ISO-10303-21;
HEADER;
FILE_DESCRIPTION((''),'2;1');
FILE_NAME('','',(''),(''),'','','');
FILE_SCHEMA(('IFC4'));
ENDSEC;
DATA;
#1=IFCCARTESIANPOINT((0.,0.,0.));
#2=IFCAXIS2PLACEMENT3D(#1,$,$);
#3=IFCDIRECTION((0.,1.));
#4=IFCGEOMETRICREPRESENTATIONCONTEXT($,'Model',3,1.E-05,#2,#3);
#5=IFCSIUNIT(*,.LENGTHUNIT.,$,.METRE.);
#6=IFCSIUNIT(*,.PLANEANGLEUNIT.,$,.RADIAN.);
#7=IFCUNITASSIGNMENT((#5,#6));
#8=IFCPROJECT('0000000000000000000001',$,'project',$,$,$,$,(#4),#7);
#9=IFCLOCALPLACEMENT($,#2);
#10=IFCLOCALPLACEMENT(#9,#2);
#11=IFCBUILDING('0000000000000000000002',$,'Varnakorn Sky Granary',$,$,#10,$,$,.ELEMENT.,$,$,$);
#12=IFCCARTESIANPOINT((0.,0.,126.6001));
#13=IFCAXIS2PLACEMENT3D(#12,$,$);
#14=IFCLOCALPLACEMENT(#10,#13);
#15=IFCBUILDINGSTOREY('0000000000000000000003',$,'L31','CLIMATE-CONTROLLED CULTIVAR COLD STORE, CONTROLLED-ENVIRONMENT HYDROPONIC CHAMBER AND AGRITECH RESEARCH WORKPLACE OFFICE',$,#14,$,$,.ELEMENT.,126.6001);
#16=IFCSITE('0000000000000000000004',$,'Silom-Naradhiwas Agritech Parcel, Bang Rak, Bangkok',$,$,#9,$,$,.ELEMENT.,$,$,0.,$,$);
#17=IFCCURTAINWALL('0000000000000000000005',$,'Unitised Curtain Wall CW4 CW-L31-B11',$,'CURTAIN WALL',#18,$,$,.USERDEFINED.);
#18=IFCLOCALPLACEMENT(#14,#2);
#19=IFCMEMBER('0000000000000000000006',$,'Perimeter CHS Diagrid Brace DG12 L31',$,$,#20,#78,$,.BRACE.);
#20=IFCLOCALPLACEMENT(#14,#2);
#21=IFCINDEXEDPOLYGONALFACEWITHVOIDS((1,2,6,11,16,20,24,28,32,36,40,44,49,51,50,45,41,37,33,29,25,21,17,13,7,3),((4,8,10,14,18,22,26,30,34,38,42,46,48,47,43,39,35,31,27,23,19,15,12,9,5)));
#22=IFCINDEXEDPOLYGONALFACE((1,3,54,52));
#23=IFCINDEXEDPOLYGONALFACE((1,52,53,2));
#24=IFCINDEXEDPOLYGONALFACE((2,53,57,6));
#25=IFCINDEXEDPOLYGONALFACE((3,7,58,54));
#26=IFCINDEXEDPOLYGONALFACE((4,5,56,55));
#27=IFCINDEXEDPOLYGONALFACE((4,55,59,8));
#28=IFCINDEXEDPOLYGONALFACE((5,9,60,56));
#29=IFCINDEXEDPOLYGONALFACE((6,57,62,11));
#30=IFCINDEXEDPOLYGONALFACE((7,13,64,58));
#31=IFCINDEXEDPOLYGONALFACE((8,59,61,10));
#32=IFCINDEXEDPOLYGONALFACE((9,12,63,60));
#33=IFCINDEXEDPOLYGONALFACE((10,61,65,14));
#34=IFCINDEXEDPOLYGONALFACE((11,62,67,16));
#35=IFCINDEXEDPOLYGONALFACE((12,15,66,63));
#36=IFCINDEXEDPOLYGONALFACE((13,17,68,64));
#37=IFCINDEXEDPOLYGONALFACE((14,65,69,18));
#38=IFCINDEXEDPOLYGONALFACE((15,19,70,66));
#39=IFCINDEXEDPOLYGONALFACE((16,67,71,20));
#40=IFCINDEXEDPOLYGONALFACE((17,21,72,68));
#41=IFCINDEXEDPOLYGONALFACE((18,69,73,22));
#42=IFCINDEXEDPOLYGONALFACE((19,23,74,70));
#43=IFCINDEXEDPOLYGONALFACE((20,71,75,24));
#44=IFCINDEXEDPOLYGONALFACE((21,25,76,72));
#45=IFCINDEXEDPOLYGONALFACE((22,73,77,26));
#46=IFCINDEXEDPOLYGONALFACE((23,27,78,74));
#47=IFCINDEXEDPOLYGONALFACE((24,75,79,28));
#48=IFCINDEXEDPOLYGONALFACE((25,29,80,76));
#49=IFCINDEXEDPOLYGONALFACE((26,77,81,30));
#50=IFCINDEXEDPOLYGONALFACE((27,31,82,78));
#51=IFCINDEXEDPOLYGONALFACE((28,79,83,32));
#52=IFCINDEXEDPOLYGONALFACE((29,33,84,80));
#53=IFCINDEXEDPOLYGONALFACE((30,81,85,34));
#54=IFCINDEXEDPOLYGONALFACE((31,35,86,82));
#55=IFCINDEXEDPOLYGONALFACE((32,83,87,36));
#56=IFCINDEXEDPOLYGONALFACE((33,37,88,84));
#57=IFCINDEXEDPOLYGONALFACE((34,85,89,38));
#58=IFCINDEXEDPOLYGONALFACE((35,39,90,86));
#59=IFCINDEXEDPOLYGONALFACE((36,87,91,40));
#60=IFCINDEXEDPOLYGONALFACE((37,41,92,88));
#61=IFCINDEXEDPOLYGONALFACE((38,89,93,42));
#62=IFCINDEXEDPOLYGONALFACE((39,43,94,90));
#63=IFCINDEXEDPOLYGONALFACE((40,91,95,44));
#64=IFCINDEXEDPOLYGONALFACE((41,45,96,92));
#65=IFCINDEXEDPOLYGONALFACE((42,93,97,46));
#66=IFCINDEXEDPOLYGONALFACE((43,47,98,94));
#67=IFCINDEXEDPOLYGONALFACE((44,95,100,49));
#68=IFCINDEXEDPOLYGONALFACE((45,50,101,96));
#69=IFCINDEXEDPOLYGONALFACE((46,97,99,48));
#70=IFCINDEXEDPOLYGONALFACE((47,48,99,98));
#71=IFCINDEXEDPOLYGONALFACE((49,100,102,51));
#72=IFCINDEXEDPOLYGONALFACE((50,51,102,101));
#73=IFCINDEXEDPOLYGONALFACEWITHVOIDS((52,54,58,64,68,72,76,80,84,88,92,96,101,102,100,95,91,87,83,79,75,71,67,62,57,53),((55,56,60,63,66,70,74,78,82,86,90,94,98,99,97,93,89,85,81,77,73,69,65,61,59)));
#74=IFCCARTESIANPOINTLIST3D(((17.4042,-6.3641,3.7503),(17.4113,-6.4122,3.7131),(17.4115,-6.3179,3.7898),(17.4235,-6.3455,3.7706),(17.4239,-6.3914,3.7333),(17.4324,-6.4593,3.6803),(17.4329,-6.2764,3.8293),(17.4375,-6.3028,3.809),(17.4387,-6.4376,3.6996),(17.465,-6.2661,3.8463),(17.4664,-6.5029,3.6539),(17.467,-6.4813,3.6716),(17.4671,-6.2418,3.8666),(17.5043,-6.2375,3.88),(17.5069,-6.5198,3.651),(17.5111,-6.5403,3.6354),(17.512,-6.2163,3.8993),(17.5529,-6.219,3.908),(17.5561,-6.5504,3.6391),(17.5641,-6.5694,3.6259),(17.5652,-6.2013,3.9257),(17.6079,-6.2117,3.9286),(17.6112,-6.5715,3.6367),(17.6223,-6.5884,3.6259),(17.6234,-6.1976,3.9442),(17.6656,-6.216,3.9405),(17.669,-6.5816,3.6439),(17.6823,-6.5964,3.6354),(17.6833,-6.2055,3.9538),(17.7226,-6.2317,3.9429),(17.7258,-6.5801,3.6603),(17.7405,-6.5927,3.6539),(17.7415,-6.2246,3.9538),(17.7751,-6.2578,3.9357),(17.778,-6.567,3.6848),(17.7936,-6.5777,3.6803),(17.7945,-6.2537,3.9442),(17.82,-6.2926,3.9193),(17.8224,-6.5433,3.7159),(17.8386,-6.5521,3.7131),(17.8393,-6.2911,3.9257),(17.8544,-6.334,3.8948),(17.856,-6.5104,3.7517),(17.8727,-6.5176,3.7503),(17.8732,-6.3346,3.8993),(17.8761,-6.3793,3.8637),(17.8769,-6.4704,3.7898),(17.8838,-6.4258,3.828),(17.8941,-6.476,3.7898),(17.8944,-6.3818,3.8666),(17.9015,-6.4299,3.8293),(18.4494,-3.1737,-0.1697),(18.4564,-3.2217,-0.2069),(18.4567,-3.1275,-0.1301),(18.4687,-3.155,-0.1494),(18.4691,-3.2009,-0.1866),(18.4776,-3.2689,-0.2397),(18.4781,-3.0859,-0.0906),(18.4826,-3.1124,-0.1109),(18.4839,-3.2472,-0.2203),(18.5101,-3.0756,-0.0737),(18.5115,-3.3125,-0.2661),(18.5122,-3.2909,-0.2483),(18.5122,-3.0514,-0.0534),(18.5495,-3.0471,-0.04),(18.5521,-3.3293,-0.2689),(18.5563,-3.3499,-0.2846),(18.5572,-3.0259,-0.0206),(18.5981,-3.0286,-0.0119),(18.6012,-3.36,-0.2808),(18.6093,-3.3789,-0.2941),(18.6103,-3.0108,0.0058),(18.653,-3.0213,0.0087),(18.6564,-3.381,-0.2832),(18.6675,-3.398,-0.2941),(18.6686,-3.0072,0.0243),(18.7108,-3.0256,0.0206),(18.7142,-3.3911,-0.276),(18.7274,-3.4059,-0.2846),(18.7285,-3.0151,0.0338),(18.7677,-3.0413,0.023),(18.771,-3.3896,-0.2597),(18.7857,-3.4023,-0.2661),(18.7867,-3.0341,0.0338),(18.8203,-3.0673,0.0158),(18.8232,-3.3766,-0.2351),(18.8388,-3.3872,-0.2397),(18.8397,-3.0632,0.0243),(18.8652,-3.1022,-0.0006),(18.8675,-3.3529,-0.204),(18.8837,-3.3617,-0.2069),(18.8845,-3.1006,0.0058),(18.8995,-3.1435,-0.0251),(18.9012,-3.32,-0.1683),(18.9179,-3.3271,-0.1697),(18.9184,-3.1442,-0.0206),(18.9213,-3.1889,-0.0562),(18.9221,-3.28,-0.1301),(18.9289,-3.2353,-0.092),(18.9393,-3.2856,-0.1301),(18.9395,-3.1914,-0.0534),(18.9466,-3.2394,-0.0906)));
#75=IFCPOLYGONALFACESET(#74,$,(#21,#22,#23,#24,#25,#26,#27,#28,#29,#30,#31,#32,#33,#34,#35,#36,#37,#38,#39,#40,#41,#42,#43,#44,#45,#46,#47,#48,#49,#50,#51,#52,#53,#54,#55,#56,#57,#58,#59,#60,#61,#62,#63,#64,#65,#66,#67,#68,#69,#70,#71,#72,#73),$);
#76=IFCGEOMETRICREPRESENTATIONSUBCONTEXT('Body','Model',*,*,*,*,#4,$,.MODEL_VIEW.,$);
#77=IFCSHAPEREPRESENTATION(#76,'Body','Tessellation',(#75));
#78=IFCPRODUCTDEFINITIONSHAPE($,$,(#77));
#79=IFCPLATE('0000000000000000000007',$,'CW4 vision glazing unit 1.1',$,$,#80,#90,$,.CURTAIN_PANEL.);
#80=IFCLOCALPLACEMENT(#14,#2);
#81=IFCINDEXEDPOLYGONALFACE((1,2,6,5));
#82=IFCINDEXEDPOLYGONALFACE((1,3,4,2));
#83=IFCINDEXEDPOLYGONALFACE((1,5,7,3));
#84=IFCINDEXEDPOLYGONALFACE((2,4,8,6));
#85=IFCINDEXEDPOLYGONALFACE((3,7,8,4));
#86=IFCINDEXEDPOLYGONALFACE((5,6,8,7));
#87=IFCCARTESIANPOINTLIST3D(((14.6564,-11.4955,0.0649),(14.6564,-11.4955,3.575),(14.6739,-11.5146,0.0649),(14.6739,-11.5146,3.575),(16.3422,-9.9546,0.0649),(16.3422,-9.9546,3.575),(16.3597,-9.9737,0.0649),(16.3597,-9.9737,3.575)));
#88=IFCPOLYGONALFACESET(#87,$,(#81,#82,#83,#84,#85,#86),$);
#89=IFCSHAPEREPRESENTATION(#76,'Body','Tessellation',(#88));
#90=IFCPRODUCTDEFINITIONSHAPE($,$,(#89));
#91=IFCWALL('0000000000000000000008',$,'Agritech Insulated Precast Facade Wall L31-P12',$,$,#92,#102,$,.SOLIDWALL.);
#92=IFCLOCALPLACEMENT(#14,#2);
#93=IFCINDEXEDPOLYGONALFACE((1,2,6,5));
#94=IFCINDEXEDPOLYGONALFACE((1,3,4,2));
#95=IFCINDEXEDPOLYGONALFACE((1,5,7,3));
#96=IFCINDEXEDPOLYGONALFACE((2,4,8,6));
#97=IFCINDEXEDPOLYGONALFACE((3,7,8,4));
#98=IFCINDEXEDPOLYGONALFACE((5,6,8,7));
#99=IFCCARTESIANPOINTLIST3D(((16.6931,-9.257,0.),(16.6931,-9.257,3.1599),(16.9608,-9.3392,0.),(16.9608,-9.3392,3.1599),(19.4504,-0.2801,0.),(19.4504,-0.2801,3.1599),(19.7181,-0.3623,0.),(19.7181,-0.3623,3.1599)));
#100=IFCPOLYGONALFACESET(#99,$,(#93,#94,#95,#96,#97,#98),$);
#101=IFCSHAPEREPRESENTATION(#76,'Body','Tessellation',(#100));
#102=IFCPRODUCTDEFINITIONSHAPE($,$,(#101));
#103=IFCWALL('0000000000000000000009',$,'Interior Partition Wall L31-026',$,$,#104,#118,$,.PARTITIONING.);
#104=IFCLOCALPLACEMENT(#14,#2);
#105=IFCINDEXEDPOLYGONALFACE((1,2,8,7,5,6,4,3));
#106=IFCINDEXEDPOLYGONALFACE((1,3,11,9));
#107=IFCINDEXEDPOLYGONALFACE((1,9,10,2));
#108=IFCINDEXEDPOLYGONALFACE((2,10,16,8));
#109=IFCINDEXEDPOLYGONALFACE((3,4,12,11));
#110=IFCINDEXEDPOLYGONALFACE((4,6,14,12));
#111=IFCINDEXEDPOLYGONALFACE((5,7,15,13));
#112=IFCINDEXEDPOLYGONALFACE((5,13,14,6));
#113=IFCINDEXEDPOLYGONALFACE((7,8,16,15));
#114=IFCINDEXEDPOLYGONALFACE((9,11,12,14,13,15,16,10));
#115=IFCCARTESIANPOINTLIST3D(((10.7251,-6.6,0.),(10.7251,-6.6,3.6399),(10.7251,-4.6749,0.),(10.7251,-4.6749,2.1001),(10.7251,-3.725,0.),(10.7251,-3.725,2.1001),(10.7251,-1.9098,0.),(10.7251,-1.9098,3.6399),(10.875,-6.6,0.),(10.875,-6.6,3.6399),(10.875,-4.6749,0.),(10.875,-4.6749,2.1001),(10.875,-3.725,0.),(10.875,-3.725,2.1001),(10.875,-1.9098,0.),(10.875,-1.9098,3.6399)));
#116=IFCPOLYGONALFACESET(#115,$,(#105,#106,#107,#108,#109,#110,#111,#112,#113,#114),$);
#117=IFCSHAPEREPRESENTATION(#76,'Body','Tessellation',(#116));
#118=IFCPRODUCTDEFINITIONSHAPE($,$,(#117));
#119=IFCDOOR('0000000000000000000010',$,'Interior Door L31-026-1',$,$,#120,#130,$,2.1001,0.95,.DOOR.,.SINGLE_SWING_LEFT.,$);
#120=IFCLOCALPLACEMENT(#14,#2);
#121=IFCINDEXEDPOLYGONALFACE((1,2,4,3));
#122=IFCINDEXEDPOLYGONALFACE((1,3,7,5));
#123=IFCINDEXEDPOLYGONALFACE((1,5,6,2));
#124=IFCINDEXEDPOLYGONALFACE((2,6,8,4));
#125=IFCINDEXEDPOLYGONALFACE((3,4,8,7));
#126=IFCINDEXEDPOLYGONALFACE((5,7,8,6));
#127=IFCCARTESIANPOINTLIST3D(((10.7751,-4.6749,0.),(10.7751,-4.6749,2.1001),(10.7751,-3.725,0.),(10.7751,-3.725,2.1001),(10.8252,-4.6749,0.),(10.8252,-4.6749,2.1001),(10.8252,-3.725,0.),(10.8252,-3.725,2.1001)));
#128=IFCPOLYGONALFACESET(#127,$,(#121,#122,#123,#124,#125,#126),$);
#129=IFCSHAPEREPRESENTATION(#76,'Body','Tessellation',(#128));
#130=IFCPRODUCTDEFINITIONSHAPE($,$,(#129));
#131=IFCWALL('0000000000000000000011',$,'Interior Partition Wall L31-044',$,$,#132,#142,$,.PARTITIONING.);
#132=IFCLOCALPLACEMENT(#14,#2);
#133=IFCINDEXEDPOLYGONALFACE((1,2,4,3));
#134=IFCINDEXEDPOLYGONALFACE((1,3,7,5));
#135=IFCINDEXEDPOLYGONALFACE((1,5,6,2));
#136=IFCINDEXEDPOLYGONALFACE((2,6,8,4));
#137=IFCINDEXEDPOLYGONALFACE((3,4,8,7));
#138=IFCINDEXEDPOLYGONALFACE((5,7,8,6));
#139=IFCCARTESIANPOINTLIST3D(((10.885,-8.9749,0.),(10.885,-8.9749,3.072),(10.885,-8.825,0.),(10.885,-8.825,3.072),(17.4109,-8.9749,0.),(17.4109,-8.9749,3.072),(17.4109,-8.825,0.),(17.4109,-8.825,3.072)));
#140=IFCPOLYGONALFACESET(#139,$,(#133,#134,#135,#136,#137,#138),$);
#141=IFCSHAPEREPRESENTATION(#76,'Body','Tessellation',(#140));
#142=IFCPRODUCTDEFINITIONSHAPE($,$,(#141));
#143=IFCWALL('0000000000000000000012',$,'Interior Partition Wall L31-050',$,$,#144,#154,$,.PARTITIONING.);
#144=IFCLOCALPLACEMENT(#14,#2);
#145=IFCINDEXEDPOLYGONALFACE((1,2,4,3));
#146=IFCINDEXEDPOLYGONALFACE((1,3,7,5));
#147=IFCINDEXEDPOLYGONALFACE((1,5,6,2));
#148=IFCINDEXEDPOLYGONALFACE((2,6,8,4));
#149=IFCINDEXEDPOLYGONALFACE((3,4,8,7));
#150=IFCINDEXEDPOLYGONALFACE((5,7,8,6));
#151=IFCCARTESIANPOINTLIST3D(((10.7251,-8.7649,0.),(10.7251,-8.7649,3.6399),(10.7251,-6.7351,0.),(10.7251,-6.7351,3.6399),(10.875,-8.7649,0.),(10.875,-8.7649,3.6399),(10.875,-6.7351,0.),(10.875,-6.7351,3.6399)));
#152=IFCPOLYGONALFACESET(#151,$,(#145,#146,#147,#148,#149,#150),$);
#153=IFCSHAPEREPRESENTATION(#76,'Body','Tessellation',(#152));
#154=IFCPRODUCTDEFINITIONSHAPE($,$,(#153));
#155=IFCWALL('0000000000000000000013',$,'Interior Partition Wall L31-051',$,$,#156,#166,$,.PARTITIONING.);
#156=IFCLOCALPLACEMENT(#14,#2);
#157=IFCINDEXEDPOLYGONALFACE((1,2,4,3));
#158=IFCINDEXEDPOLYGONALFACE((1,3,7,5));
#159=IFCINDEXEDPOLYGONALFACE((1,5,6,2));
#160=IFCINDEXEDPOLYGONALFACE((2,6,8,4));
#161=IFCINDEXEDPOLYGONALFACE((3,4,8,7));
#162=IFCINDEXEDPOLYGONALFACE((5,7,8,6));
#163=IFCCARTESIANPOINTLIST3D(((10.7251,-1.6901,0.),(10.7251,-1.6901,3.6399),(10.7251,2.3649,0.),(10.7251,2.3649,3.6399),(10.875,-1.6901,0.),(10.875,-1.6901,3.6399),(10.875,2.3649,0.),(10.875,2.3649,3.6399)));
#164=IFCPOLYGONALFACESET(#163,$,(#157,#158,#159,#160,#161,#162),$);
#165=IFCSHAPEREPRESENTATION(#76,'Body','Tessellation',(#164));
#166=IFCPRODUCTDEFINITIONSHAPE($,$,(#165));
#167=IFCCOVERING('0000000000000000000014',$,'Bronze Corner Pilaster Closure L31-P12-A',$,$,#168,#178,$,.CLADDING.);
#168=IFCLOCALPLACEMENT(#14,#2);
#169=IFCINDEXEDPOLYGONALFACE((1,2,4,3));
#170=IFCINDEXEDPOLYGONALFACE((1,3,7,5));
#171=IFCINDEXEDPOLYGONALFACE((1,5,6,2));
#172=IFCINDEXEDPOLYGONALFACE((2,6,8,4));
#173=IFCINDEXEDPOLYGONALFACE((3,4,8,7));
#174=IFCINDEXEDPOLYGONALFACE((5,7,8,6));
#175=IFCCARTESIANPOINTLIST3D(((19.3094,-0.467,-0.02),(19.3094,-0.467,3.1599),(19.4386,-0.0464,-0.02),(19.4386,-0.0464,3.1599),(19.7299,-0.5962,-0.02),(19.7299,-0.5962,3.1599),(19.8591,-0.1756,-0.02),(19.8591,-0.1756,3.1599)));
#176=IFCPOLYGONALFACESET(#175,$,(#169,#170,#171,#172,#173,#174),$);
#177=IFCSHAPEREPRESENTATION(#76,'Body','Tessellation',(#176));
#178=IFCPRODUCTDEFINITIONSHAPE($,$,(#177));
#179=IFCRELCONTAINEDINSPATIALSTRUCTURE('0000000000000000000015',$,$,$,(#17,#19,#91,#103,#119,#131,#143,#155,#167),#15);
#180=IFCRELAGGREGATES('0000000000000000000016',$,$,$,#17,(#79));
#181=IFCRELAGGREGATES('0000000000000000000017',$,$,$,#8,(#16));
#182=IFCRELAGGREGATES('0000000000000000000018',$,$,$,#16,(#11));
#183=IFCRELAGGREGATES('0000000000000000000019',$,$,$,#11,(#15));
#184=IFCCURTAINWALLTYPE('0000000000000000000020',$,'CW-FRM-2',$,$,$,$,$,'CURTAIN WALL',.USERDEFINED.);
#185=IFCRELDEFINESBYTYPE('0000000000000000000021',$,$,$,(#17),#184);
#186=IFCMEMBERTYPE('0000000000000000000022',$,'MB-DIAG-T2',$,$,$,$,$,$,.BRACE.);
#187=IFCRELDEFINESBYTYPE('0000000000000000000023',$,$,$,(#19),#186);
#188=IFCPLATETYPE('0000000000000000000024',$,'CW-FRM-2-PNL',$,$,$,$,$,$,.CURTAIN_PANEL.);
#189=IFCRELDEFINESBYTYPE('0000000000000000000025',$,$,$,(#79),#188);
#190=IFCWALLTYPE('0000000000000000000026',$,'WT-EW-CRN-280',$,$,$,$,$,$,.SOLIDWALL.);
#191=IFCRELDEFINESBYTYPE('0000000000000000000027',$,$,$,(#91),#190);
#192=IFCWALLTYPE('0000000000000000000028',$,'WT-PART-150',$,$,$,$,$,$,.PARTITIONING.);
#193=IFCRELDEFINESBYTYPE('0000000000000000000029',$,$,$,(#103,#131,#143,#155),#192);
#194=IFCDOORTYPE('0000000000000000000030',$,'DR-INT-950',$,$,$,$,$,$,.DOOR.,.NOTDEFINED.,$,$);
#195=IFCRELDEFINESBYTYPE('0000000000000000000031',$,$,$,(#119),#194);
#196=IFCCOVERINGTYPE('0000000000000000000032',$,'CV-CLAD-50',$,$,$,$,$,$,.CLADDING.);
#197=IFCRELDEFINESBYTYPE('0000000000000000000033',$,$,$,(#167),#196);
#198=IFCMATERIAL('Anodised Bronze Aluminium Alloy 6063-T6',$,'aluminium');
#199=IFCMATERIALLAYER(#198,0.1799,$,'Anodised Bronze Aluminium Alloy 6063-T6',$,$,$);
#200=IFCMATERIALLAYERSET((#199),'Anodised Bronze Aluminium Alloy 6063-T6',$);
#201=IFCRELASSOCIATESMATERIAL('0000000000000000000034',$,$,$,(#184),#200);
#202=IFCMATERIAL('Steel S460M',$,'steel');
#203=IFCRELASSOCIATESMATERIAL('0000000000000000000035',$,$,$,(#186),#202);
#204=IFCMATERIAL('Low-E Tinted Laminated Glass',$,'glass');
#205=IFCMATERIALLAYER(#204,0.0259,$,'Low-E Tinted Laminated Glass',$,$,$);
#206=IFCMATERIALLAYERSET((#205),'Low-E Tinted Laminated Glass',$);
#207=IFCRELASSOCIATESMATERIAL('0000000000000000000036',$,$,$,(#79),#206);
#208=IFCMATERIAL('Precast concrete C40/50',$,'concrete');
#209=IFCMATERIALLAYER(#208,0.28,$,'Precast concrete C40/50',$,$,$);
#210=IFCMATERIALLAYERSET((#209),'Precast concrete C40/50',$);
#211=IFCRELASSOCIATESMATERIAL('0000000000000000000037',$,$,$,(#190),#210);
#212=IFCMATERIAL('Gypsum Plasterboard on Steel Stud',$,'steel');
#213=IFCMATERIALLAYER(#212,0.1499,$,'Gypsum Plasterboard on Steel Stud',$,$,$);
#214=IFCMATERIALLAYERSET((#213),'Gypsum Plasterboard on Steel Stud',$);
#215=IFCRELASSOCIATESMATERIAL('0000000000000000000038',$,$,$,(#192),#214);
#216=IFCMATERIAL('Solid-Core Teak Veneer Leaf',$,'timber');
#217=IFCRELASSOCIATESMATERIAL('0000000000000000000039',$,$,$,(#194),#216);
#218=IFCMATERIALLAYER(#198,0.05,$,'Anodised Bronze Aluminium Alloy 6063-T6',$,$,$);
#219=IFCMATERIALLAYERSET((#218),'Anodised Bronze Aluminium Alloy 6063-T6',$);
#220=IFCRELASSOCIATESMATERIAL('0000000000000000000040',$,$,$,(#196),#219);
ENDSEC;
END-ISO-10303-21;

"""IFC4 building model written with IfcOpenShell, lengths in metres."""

from ifc_helpers import new_model, si_unit, direction, frame, frame_2d, origin, origin_2d, place, context, subcontext, project, spatial, rectangle, hollow_circle, extrude, source, transform, mapped, material, layer, layer_set, material_profile, profile_set, type_object, type_shapes, element, fill, aggregate, save


model = new_model("IFC4")

# Units and contexts
model_context = context("Model", 3, precision=1e-05, world=origin(), true_north=direction((0.0, 1.0)))
body_context = subcontext(model_context, "Body", "Model", "MODEL_VIEW")
ifc_project = project(units=[si_unit("LENGTHUNIT", "METRE"), si_unit("PLANEANGLEUNIT", "RADIAN")], contexts=[model_context])

# Site, building, storey
site_placement = place(None, origin())
site = spatial("IfcSite", under=ifc_project, at=site_placement, Name="Silom-Naradhiwas Agritech Parcel, Bang Rak, Bangkok", CompositionType="ELEMENT", RefElevation=0.0)
building_placement = place(site_placement, origin())
building = spatial("IfcBuilding", under=site, at=building_placement, Name="Varnakorn Sky Granary", CompositionType="ELEMENT")
storey_placement = place(building_placement, frame((0.0, 0.0, 126.6001)))
storey = spatial("IfcBuildingStorey", under=building, at=storey_placement, Name="L31", Description="CLIMATE-CONTROLLED CULTIVAR COLD STORE, CONTROLLED-ENVIRONMENT HYDROPONIC CHAMBER AND AGRITECH RESEARCH WORKPLACE OFFICE", CompositionType="ELEMENT", Elevation=126.6001)

# Shared definitions
ifc_material_1 = material(Name="Steel S460M", Category="steel")

# Shared definitions
ifc_material_2 = material(Name="Anodised Bronze Aluminium Alloy 6063-T6", Category="aluminium")
ifc_layer_1 = layer(ifc_material_2, 0.1799, Name="Anodised Bronze Aluminium Alloy 6063-T6")
ifc_layer_set_1 = layer_set([ifc_layer_1], Name="Anodised Bronze Aluminium Alloy 6063-T6")
curtain_wall_type = type_object("IfcCurtainWallType", Name="CW-FRM-2", ElementType="CURTAIN WALL", PredefinedType="USERDEFINED", material=ifc_layer_set_1)

# Curtain wall
curtain_wall_1_placement = place(storey_placement, origin())
curtain_wall_1 = element("IfcCurtainWall", 1, at=curtain_wall_1_placement, inside=storey, type_object=curtain_wall_type, Name="Unitised Curtain Wall CW4 CW-L31-B11", ObjectType="CURTAIN WALL", PredefinedType="USERDEFINED")

# Member
ifc_material_profile_1 = material_profile(ifc_material_1, hollow_circle(Radius=0.2539, WallThickness=0.0181, at=origin_2d()), Name="CHS 508x18")
ifc_profile_set_1 = profile_set([ifc_material_profile_1], Name="Steel S460M")
member_type_1 = type_object("IfcMemberType", Name="MB-DIAG-T2", PredefinedType="BRACE", material=ifc_profile_set_1)
member_1_placement = place(storey_placement, frame((18.698, -3.2065, -0.1301), z_axis=(-0.202508, -0.618168, 0.759512), x_axis=(0.950307, -0.311315, 0.0)))
element("IfcMember", 2, at=member_1_placement, inside=storey, type_object=member_type_1, Name="Perimeter CHS Diagrid Brace DG12 L31", PredefinedType="BRACE", context=body_context, shape_type="SweptSolid", body=[
    extrude(hollow_circle(Radius=0.2539, WallThickness=0.0181, at=origin_2d()), origin(), (0.0, 0.0, 1.0), 5.1611),
])

# Plate
ifc_material_3 = material(Name="Low-E Tinted Laminated Glass", Category="glass")
ifc_layer_2 = layer(ifc_material_3, 0.0259, Name="Low-E Tinted Laminated Glass")
ifc_layer_set_2 = layer_set([ifc_layer_2], Name="Low-E Tinted Laminated Glass")
plate_type = type_object("IfcPlateType", Name="CW-FRM-2-PNL", PredefinedType="CURTAIN_PANEL")
shared_shape_1 = source(origin(), body_context, "Body", "SweptSolid", [
    extrude(rectangle(XDim=2.2839, YDim=0.0259, at=origin_2d()), origin(), (0.0, 0.0, 1.0), 3.51),
])
type_shapes(plate_type, [shared_shape_1])
plate_placement = place(storey_placement, frame((15.5081, -10.7346, 0.0649), z_axis=(0.0, 0.0, 1.0), x_axis=(-0.73811, -0.674681, 0.0)))
plate = element("IfcPlate", 3, at=plate_placement, type_object=plate_type, material=ifc_layer_set_2, Name="CW4 vision glazing unit 1.1", PredefinedType="CURTAIN_PANEL", context=body_context, shape_type="MappedRepresentation", body=[
    mapped(shared_shape_1, transform((0.0, 0.0, 0.0), x_axis=(1.0, 0.0, 0.0), y_axis=(0.0, 1.0, 0.0), z_axis=(0.0, 0.0, 1.0), scale=1.0)),
])
aggregate(curtain_wall_1, [plate])

# Wall
ifc_material_4 = material(Name="Precast concrete C40/50", Category="concrete")
ifc_layer_3 = layer(ifc_material_4, 0.28, Name="Precast concrete C40/50")
ifc_layer_set_3 = layer_set([ifc_layer_3], Name="Precast concrete C40/50")
wall_type_1 = type_object("IfcWallType", Name="WT-EW-CRN-280", PredefinedType="SOLIDWALL", material=ifc_layer_set_3)
wall_1_placement = place(storey_placement, frame((19.5842, -0.3213, 0.0), z_axis=(0.0, 0.0, 1.0), x_axis=(-0.293614, -0.955924, 0.0)))
element("IfcWall", 4, at=wall_1_placement, inside=storey, type_object=wall_type_1, Name="Agritech Insulated Precast Facade Wall L31-P12", PredefinedType="SOLIDWALL", context=body_context, shape_type="SweptSolid", body=[
    extrude(rectangle(XDim=9.3909, YDim=0.28, at=frame_2d((4.6953, 0.0))), origin(), (0.0, 0.0, 1.0), 3.1599),
])

# Wall, opening, door
ifc_material_5 = material(Name="Gypsum Plasterboard on Steel Stud", Category="steel")
ifc_layer_4 = layer(ifc_material_5, 0.1499, Name="Gypsum Plasterboard on Steel Stud")
ifc_layer_set_4 = layer_set([ifc_layer_4], Name="Gypsum Plasterboard on Steel Stud")
wall_type_2 = type_object("IfcWallType", Name="WT-PART-150", PredefinedType="PARTITIONING", material=ifc_layer_set_4)
wall_2_placement = place(storey_placement, frame((10.8, -6.6001, 0.0), z_axis=(0.0, 0.0, 1.0), x_axis=(0.0, 1.0, 0.0)))
wall_2 = element("IfcWall", 5, at=wall_2_placement, inside=storey, type_object=wall_type_2, Name="Interior Partition Wall L31-026", PredefinedType="PARTITIONING", context=body_context, shape_type="SweptSolid", body=[
    extrude(rectangle(XDim=4.6902, YDim=0.1499, at=frame_2d((2.3452, 0.0))), origin(), (0.0, 0.0, 1.0), 3.6399),
])
opening_placement = place(wall_2_placement, frame((1.925, 0.0, 0.0)))
opening = element("IfcOpeningElement", 6, at=opening_placement, cuts=wall_2, PredefinedType="OPENING", context=body_context, shape_type="SweptSolid", body=[
    extrude(rectangle(XDim=0.95, YDim=2.1001, at=frame_2d((0.4751, 1.05))), frame((0.0, 0.085, 0.0), z_axis=(0.0, -1.0, 0.0), x_axis=(1.0, 0.0, 0.0)), (0.0, 0.0, 1.0), 0.1699),
])
ifc_material_6 = material(Name="Solid-Core Teak Veneer Leaf", Category="timber")
door_type = type_object("IfcDoorType", Name="DR-INT-950", OperationType="NOTDEFINED", PredefinedType="DOOR", material=ifc_material_6)
door_placement = place(opening_placement, origin())
door = element("IfcDoor", 7, at=door_placement, inside=storey, type_object=door_type, Name="Interior Door L31-026-1", OperationType="SINGLE_SWING_LEFT", OverallHeight=2.1001, OverallWidth=0.95, PredefinedType="DOOR", context=body_context, shape_type="SweptSolid", body=[
    extrude(rectangle(XDim=0.95, YDim=2.1001, at=frame_2d((0.4751, 1.05))), frame((0.0, 0.0249, 0.0), z_axis=(0.0, -1.0, 0.0), x_axis=(1.0, 0.0, 0.0)), (0.0, 0.0, 1.0), 0.05),
])
fill(opening, door)

# Walls
wall_3_placement = place(storey_placement, frame((10.885, -8.8999, 0.0), z_axis=(0.0, 0.0, 1.0), x_axis=(1.0, 0.0, 0.0)))
element("IfcWall", 8, at=wall_3_placement, inside=storey, type_object=wall_type_2, Name="Interior Partition Wall L31-044", PredefinedType="PARTITIONING", context=body_context, shape_type="SweptSolid", body=[
    extrude(rectangle(XDim=6.5259, YDim=0.1499, at=frame_2d((3.2629, 0.0))), origin(), (0.0, 0.0, 1.0), 3.072),
])
wall_4_placement = place(storey_placement, frame((10.8, -8.7649, 0.0), z_axis=(0.0, 0.0, 1.0), x_axis=(0.0, 1.0, 0.0)))
element("IfcWall", 9, at=wall_4_placement, inside=storey, type_object=wall_type_2, Name="Interior Partition Wall L31-050", PredefinedType="PARTITIONING", context=body_context, shape_type="SweptSolid", body=[
    extrude(rectangle(XDim=2.0298, YDim=0.1499, at=frame_2d((1.0149, 0.0))), origin(), (0.0, 0.0, 1.0), 3.6399),
])
wall_5_placement = place(storey_placement, frame((10.8, -1.6899, 0.0), z_axis=(0.0, 0.0, 1.0), x_axis=(0.0, 1.0, 0.0)))
element("IfcWall", 10, at=wall_5_placement, inside=storey, type_object=wall_type_2, Name="Interior Partition Wall L31-051", PredefinedType="PARTITIONING", context=body_context, shape_type="SweptSolid", body=[
    extrude(rectangle(XDim=4.0549, YDim=0.1499, at=frame_2d((2.0273, 0.0))), origin(), (0.0, 0.0, 1.0), 3.6399),
])

# Covering
ifc_layer_5 = layer(ifc_material_2, 0.05, Name="Anodised Bronze Aluminium Alloy 6063-T6")
ifc_layer_set_5 = layer_set([ifc_layer_5], Name="Anodised Bronze Aluminium Alloy 6063-T6")
covering_type = type_object("IfcCoveringType", Name="CV-CLAD-50", PredefinedType="CLADDING", material=ifc_layer_set_5)
shared_shape_2 = source(origin(), body_context, "Body", "SweptSolid", [
    extrude(rectangle(XDim=0.4399, YDim=0.4399, at=origin_2d()), origin(), (0.0, 0.0, 1.0), 3.1799),
])
type_shapes(covering_type, [shared_shape_2])
for number, where, z_axis, x_axis, name in (
    (11, (19.5842, -0.3213, -0.02), (0.0, 0.0, 1.0), (-0.293707, -0.955896, 0.0), "Bronze Corner Pilaster Closure L31-P12-A"),
):
    element("IfcCovering", number, at=place(storey_placement, frame(where, z_axis=z_axis, x_axis=x_axis)), inside=storey, type_object=covering_type, Name=name, PredefinedType="CLADDING", context=body_context, shape_type="MappedRepresentation", body=[
        mapped(shared_shape_2, transform((0.0, 0.0, 0.0), x_axis=(1.0, 0.0, 0.0), y_axis=(0.0, 1.0, 0.0), z_axis=(0.0, 0.0, 1.0), scale=1.0)),
    ])

save(model, "model.ifc")
